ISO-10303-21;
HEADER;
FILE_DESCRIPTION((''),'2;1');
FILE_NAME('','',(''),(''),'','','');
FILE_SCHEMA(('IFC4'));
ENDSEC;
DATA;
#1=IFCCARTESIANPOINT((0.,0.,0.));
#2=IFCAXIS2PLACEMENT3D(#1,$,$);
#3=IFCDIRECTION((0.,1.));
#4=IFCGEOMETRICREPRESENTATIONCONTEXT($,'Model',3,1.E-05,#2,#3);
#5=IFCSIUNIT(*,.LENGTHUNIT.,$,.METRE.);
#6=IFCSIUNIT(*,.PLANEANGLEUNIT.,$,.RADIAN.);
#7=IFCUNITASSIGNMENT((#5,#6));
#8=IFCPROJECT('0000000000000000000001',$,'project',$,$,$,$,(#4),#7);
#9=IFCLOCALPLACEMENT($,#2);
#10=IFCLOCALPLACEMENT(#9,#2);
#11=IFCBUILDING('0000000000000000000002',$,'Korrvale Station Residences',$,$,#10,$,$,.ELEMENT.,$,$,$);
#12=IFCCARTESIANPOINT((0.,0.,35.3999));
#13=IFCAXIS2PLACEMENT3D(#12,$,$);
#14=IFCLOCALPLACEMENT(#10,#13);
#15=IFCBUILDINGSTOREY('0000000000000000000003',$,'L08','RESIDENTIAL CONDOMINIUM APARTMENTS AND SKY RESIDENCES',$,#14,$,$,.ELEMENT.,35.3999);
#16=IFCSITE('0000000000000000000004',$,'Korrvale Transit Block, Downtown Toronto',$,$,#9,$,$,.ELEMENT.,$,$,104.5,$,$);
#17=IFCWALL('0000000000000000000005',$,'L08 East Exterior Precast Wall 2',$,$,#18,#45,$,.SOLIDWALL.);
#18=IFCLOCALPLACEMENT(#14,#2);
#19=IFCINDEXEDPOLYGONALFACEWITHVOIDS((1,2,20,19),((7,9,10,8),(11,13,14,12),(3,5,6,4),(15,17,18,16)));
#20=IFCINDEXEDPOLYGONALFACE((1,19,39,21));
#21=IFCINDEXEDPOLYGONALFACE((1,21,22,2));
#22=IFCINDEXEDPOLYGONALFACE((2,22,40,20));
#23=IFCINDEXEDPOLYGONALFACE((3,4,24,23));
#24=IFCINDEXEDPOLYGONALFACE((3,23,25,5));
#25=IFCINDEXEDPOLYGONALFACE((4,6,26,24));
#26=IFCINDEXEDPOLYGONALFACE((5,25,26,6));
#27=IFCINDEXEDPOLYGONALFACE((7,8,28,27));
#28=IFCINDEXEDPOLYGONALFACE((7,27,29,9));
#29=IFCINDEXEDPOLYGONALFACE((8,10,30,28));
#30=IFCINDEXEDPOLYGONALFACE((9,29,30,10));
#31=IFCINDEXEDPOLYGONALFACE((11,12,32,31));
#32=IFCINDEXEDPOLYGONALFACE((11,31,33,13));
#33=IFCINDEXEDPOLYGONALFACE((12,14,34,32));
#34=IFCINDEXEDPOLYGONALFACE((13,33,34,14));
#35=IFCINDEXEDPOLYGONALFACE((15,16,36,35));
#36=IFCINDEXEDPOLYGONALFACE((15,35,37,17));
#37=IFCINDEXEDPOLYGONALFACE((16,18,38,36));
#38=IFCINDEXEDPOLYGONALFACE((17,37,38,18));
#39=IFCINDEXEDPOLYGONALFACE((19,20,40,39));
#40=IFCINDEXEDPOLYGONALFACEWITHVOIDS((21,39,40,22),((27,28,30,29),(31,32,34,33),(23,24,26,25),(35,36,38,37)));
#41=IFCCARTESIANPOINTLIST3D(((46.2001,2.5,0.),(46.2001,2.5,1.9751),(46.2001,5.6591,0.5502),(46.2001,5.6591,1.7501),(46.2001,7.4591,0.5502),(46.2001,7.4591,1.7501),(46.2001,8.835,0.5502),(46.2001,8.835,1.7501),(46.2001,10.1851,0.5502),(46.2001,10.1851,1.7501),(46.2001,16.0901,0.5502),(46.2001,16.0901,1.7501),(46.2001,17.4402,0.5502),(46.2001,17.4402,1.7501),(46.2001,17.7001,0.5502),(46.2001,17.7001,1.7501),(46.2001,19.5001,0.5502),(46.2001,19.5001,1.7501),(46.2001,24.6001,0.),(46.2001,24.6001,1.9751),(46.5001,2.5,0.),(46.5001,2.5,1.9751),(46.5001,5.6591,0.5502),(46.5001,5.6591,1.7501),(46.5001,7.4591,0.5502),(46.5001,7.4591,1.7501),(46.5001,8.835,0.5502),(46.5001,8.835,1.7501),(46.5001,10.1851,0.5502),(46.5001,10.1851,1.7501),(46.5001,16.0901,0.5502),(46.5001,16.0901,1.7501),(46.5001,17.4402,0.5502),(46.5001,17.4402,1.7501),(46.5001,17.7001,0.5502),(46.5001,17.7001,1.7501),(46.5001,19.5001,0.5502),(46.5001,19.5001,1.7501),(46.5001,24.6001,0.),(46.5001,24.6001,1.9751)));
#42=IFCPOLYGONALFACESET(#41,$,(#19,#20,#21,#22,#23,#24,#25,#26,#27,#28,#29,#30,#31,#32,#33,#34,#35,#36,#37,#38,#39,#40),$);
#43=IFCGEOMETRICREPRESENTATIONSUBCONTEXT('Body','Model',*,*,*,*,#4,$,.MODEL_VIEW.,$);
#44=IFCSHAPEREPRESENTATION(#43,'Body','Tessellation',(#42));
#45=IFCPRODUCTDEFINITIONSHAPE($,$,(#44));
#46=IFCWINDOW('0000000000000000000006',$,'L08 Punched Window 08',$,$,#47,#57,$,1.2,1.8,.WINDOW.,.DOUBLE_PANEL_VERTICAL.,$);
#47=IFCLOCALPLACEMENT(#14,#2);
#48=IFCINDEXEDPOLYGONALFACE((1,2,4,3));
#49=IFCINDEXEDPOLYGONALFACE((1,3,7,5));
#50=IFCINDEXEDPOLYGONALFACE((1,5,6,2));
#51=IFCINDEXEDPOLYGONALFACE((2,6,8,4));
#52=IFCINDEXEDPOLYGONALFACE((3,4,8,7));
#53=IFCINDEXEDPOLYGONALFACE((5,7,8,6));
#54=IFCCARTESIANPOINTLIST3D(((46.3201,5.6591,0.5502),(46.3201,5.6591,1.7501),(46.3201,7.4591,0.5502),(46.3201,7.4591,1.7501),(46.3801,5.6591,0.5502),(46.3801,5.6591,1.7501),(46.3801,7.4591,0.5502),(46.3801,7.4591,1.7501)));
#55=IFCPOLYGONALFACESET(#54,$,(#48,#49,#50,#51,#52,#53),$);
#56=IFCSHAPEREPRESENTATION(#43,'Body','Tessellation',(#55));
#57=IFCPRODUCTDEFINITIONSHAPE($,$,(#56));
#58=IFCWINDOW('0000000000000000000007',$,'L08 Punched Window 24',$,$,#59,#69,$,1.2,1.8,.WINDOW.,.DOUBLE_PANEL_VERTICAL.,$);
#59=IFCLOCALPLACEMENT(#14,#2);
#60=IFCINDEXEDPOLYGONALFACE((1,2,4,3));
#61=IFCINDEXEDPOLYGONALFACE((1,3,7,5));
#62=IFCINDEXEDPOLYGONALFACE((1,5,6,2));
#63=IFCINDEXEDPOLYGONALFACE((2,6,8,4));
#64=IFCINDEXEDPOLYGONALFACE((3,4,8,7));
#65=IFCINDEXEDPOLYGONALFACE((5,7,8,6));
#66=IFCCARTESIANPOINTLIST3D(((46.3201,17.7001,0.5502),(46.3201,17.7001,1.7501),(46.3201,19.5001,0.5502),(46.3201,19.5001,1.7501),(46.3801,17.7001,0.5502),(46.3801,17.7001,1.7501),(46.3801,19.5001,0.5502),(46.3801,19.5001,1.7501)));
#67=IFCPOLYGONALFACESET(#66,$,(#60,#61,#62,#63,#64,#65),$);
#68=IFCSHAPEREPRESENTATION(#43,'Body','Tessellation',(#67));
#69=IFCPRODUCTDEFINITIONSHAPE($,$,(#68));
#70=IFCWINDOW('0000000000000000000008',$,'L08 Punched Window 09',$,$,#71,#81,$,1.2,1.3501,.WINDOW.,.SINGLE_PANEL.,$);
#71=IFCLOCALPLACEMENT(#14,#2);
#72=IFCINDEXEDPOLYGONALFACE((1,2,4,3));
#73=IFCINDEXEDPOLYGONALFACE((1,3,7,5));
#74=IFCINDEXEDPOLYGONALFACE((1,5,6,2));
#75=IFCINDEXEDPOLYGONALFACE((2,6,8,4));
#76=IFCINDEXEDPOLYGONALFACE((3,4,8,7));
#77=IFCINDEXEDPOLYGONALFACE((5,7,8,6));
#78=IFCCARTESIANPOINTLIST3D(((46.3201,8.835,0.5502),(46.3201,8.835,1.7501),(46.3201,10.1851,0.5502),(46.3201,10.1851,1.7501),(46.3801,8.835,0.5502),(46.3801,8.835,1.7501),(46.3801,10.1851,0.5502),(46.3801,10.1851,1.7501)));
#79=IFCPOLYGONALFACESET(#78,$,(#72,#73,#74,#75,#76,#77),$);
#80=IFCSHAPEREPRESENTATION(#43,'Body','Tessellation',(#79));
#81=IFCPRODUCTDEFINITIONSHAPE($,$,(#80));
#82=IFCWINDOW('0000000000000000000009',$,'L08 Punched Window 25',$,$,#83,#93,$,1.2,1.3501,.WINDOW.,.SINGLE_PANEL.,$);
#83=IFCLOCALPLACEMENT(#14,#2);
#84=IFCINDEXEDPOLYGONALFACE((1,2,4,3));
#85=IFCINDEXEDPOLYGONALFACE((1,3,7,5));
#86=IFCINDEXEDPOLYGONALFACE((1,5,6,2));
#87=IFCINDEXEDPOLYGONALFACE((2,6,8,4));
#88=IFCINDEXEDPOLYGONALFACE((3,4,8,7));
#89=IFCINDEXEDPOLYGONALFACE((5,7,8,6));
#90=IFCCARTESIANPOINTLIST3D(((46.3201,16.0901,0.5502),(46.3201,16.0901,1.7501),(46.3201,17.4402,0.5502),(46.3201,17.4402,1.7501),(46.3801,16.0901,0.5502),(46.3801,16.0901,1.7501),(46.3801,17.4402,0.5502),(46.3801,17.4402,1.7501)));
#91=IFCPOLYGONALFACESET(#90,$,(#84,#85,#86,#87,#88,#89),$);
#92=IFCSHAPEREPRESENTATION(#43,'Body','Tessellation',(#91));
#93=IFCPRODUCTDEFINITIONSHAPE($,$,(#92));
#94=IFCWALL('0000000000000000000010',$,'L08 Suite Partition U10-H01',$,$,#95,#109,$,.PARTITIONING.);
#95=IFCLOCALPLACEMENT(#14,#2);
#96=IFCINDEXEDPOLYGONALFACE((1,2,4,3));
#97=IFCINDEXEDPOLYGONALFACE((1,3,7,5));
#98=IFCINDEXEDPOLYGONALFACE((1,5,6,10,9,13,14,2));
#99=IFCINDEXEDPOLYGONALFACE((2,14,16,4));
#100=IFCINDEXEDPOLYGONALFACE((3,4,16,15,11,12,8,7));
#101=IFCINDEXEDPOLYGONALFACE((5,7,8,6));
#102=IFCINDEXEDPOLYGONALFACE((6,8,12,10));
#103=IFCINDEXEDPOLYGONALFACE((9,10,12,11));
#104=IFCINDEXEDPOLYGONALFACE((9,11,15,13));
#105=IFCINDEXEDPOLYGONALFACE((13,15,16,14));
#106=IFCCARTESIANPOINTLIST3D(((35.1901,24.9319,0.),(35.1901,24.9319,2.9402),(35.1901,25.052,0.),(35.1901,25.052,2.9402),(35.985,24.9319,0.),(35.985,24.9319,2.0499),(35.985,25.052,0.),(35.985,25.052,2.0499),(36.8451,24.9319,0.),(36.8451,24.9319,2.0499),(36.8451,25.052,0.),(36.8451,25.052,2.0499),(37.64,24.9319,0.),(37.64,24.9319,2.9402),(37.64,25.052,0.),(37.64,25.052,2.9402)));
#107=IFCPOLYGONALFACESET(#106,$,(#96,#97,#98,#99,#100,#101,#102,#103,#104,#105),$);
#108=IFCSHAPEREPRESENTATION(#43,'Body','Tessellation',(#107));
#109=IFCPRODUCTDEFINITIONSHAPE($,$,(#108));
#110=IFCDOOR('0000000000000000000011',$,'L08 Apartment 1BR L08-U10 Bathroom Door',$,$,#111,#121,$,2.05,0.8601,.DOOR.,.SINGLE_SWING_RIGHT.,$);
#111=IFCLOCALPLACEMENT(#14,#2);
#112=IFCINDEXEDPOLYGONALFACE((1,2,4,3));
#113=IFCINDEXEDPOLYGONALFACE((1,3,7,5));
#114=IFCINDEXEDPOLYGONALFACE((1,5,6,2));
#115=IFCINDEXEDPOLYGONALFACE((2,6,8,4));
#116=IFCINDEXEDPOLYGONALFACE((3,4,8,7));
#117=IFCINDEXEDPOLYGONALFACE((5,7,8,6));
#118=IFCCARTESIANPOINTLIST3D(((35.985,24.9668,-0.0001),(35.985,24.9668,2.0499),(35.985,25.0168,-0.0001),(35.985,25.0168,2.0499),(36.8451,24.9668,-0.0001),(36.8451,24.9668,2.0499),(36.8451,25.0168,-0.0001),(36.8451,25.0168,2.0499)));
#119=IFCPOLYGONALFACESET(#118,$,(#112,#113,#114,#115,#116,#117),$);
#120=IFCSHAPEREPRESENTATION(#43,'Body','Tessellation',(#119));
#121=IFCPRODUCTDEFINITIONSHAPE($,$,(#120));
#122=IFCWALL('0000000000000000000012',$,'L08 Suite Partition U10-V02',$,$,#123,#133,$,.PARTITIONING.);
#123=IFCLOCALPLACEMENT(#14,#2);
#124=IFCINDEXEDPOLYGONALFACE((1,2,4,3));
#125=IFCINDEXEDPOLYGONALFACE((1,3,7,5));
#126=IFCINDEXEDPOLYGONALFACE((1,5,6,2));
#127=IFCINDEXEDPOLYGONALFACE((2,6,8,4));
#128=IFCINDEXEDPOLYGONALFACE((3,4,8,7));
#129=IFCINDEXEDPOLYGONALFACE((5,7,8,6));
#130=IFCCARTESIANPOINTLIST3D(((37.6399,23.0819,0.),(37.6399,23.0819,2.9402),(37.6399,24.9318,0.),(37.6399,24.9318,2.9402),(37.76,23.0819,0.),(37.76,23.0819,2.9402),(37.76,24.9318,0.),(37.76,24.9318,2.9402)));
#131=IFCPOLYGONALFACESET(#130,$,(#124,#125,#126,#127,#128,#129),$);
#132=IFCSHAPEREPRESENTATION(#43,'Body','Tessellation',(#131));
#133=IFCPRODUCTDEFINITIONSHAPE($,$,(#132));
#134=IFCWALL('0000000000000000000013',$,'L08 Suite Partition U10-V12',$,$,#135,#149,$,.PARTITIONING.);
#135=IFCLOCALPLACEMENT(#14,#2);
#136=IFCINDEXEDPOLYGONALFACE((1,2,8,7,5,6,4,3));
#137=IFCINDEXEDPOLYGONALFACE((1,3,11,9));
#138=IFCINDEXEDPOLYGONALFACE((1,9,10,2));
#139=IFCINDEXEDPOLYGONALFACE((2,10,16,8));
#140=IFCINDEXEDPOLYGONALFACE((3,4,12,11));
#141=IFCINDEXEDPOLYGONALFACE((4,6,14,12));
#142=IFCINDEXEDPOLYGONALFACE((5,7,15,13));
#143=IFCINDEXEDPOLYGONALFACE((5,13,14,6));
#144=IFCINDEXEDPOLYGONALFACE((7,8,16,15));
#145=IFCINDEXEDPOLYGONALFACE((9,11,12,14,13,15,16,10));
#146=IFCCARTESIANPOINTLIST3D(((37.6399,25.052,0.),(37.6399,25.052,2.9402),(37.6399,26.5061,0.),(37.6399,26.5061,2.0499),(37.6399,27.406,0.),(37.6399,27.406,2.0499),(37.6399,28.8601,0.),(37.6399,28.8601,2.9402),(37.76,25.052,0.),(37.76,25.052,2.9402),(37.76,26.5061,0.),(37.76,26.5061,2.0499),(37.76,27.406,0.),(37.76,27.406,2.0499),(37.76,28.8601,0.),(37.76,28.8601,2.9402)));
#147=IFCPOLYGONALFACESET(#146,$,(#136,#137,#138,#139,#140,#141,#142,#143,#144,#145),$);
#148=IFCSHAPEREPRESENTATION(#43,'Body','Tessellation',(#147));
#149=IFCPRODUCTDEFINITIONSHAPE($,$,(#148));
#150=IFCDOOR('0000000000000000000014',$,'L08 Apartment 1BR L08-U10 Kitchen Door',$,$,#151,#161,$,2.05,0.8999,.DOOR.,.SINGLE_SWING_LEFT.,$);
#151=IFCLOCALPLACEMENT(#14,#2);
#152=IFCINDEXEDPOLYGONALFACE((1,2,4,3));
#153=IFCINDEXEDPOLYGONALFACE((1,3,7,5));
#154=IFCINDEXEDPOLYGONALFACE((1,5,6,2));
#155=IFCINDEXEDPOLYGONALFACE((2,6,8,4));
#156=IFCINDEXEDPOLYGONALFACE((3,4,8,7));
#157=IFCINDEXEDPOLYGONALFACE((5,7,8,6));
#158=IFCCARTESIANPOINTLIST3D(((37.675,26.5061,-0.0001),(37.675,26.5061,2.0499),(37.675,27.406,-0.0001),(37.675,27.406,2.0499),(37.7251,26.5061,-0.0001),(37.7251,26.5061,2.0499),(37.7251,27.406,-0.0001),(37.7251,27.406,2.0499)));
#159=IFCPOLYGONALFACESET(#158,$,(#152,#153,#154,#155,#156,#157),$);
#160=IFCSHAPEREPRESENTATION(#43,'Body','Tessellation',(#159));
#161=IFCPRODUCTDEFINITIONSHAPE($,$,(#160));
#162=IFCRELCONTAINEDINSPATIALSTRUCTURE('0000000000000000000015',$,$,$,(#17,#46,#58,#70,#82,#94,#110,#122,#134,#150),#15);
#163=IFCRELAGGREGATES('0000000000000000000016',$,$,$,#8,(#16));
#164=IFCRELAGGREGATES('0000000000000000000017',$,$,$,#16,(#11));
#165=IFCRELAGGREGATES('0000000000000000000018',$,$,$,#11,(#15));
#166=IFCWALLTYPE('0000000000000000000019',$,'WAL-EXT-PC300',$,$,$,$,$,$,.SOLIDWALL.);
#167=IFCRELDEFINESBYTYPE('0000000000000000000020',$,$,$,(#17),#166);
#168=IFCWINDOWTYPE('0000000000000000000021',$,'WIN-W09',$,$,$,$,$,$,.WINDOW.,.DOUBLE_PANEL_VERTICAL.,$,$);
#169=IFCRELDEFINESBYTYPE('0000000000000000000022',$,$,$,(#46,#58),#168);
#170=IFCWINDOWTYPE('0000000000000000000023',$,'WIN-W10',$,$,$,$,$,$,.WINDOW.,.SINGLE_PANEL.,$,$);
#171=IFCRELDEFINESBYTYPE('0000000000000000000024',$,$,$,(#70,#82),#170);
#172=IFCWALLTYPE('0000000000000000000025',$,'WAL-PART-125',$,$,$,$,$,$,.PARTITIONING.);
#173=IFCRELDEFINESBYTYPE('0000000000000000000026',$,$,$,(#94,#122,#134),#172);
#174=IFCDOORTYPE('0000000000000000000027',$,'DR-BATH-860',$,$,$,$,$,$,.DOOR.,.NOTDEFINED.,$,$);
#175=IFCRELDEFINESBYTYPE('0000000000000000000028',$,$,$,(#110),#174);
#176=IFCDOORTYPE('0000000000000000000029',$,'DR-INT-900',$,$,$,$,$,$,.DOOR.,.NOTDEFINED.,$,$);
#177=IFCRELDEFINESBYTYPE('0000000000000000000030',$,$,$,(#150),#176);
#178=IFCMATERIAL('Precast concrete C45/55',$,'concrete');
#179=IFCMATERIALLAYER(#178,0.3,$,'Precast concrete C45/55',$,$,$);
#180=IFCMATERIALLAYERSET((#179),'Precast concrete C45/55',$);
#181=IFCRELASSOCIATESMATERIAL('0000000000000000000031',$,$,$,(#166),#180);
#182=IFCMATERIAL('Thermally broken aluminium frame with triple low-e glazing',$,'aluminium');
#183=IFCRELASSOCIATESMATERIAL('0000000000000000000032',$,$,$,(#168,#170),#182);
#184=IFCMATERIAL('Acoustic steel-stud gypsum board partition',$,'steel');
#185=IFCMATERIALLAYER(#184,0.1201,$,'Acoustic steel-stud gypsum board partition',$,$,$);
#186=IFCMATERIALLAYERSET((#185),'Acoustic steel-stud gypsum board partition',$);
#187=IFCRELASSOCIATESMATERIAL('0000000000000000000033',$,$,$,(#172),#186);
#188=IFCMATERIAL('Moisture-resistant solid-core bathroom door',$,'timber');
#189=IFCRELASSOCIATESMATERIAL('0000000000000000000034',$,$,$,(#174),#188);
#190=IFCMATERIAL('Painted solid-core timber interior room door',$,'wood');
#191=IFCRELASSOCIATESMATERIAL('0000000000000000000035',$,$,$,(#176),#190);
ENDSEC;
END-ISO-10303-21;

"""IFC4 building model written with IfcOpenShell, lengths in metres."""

from ifc_helpers import new_model, si_unit, direction, frame, frame_2d, origin, place, context, subcontext, project, spatial, rectangle, extrude, material, layer, layer_set, type_object, element, fill, save


model = new_model("IFC4")

# Units and contexts
model_context = context("Model", 3, precision=1e-05, world=origin(), true_north=direction((0.0, 1.0)))
body_context = subcontext(model_context, "Body", "Model", "MODEL_VIEW")
ifc_project = project(units=[si_unit("LENGTHUNIT", "METRE"), si_unit("PLANEANGLEUNIT", "RADIAN")], contexts=[model_context])

# Site, building, storey
site_placement = place(None, origin())
site = spatial("IfcSite", under=ifc_project, at=site_placement, Name="Korrvale Transit Block, Downtown Toronto", CompositionType="ELEMENT", RefElevation=104.5)
building_placement = place(site_placement, origin())
building = spatial("IfcBuilding", under=site, at=building_placement, Name="Korrvale Station Residences", CompositionType="ELEMENT")
storey_placement = place(building_placement, frame((0.0, 0.0, 35.3999)))
storey = spatial("IfcBuildingStorey", under=building, at=storey_placement, Name="L08", Description="RESIDENTIAL CONDOMINIUM APARTMENTS AND SKY RESIDENCES", CompositionType="ELEMENT", Elevation=35.3999)

# Shared definitions
ifc_material_1 = material(Name="Precast concrete C45/55", Category="concrete")

# Shared definitions
ifc_material_2 = material(Name="Thermally broken aluminium frame with triple low-e glazing", Category="aluminium")

# Wall, openings, windows
ifc_layer_1 = layer(ifc_material_1, 0.3, Name="Precast concrete C45/55")
ifc_layer_set_1 = layer_set([ifc_layer_1], Name="Precast concrete C45/55")
wall_type_1 = type_object("IfcWallType", Name="WAL-EXT-PC300", PredefinedType="SOLIDWALL", material=ifc_layer_set_1)
wall_1_placement = place(storey_placement, frame((46.3501, 24.6001, 0.0), z_axis=(0.0, 0.0, 1.0), x_axis=(0.0, -1.0, 0.0)))
wall_1 = element("IfcWall", 1, at=wall_1_placement, inside=storey, type_object=wall_type_1, Name="L08 East Exterior Precast Wall 2", PredefinedType="SOLIDWALL", context=body_context, shape_type="SweptSolid", body=[
    extrude(rectangle(XDim=22.1001, YDim=0.3, at=frame_2d((11.05, 0.0))), origin(), (0.0, 0.0, 1.0), 1.9751),
])
opening_1_placement = place(wall_1_placement, frame((17.1411, 0.0, 0.55)))
opening_1 = element("IfcOpeningElement", 2, at=opening_1_placement, cuts=wall_1, PredefinedType="OPENING", context=body_context, shape_type="SweptSolid", body=[
    extrude(rectangle(XDim=1.8, YDim=1.2, at=frame_2d((0.8999, 0.6001))), frame((0.0, 0.1602, 0.0), z_axis=(0.0, -1.0, 0.0), x_axis=(1.0, 0.0, 0.0)), (0.0, 0.0, 1.0), 0.3201),
])
opening_2_placement = place(wall_1_placement, frame((14.415, 0.0, 0.55)))
opening_2 = element("IfcOpeningElement", 3, at=opening_2_placement, cuts=wall_1, PredefinedType="OPENING", context=body_context, shape_type="SweptSolid", body=[
    extrude(rectangle(XDim=1.3501, YDim=1.2, at=frame_2d((0.675, 0.6001))), frame((0.0, 0.1602, 0.0), z_axis=(0.0, -1.0, 0.0), x_axis=(1.0, 0.0, 0.0)), (0.0, 0.0, 1.0), 0.3201),
])
opening_3_placement = place(wall_1_placement, frame((5.1001, 0.0, 0.55)))
opening_3 = element("IfcOpeningElement", 4, at=opening_3_placement, cuts=wall_1, PredefinedType="OPENING", context=body_context, shape_type="SweptSolid", body=[
    extrude(rectangle(XDim=1.8, YDim=1.2, at=frame_2d((0.8999, 0.6001))), frame((0.0, 0.1602, 0.0), z_axis=(0.0, -1.0, 0.0), x_axis=(1.0, 0.0, 0.0)), (0.0, 0.0, 1.0), 0.3201),
])
opening_4_placement = place(wall_1_placement, frame((7.1599, 0.0, 0.55)))
opening_4 = element("IfcOpeningElement", 5, at=opening_4_placement, cuts=wall_1, PredefinedType="OPENING", context=body_context, shape_type="SweptSolid", body=[
    extrude(rectangle(XDim=1.3501, YDim=1.2, at=frame_2d((0.675, 0.6001))), frame((0.0, 0.1602, 0.0), z_axis=(0.0, -1.0, 0.0), x_axis=(1.0, 0.0, 0.0)), (0.0, 0.0, 1.0), 0.3201),
])
window_type_1 = type_object("IfcWindowType", Name="WIN-W09", PartitioningType="DOUBLE_PANEL_VERTICAL", PredefinedType="WINDOW", material=ifc_material_2)
window_1_placement = place(opening_1_placement, origin())
window_1 = element("IfcWindow", 6, at=window_1_placement, inside=storey, type_object=window_type_1, Name="L08 Punched Window 08", OverallHeight=1.2, OverallWidth=1.8, PartitioningType="DOUBLE_PANEL_VERTICAL", PredefinedType="WINDOW", context=body_context, shape_type="SweptSolid", body=[
    extrude(rectangle(XDim=1.8, YDim=1.2, at=frame_2d((0.8999, 0.6001))), frame((0.0, 0.03, 0.0), z_axis=(0.0, -1.0, 0.0), x_axis=(1.0, 0.0, 0.0)), (0.0, 0.0, 1.0), 0.0601),
])
fill(opening_1, window_1)
window_2_placement = place(opening_3_placement, origin())
window_2 = element("IfcWindow", 7, at=window_2_placement, inside=storey, type_object=window_type_1, Name="L08 Punched Window 24", OverallHeight=1.2, OverallWidth=1.8, PartitioningType="DOUBLE_PANEL_VERTICAL", PredefinedType="WINDOW", context=body_context, shape_type="SweptSolid", body=[
    extrude(rectangle(XDim=1.8, YDim=1.2, at=frame_2d((0.8999, 0.6001))), frame((0.0, 0.03, 0.0), z_axis=(0.0, -1.0, 0.0), x_axis=(1.0, 0.0, 0.0)), (0.0, 0.0, 1.0), 0.0601),
])
fill(opening_3, window_2)
window_type_2 = type_object("IfcWindowType", Name="WIN-W10", PartitioningType="SINGLE_PANEL", PredefinedType="WINDOW", material=ifc_material_2)
window_3_placement = place(opening_2_placement, origin())
window_3 = element("IfcWindow", 8, at=window_3_placement, inside=storey, type_object=window_type_2, Name="L08 Punched Window 09", OverallHeight=1.2, OverallWidth=1.3501, PartitioningType="SINGLE_PANEL", PredefinedType="WINDOW", context=body_context, shape_type="SweptSolid", body=[
    extrude(rectangle(XDim=1.3501, YDim=1.2, at=frame_2d((0.675, 0.6001))), frame((0.0, 0.03, 0.0), z_axis=(0.0, -1.0, 0.0), x_axis=(1.0, 0.0, 0.0)), (0.0, 0.0, 1.0), 0.0601),
])
fill(opening_2, window_3)
window_4_placement = place(opening_4_placement, origin())
window_4 = element("IfcWindow", 9, at=window_4_placement, inside=storey, type_object=window_type_2, Name="L08 Punched Window 25", OverallHeight=1.2, OverallWidth=1.3501, PartitioningType="SINGLE_PANEL", PredefinedType="WINDOW", context=body_context, shape_type="SweptSolid", body=[
    extrude(rectangle(XDim=1.3501, YDim=1.2, at=frame_2d((0.675, 0.6001))), frame((0.0, 0.03, 0.0), z_axis=(0.0, -1.0, 0.0), x_axis=(1.0, 0.0, 0.0)), (0.0, 0.0, 1.0), 0.0601),
])
fill(opening_4, window_4)

# Wall, opening, door
ifc_material_3 = material(Name="Acoustic steel-stud gypsum board partition", Category="steel")
ifc_layer_2 = layer(ifc_material_3, 0.1201, Name="Acoustic steel-stud gypsum board partition")
ifc_layer_set_2 = layer_set([ifc_layer_2], Name="Acoustic steel-stud gypsum board partition")
wall_type_2 = type_object("IfcWallType", Name="WAL-PART-125", PredefinedType="PARTITIONING", material=ifc_layer_set_2)
wall_2_placement = place(storey_placement, frame((35.1899, 24.9919, 0.0), z_axis=(0.0, 0.0, 1.0), x_axis=(1.0, 0.0, 0.0)))
wall_2 = element("IfcWall", 10, at=wall_2_placement, inside=storey, type_object=wall_type_2, Name="L08 Suite Partition U10-H01", PredefinedType="PARTITIONING", context=body_context, shape_type="SweptSolid", body=[
    extrude(rectangle(XDim=2.45, YDim=0.1201, at=frame_2d((1.2251, 0.0))), origin(), (0.0, 0.0, 1.0), 2.9402),
])
opening_5_placement = place(wall_2_placement, frame((0.7949, 0.0, 0.0)))
opening_5 = element("IfcOpeningElement", 11, at=opening_5_placement, cuts=wall_2, PredefinedType="OPENING", context=body_context, shape_type="SweptSolid", body=[
    extrude(rectangle(XDim=0.8601, YDim=2.05, at=frame_2d((0.4302, 1.0249))), frame((0.0, 0.0701, 0.0), z_axis=(0.0, -1.0, 0.0), x_axis=(1.0, 0.0, 0.0)), (0.0, 0.0, 1.0), 0.1401),
])
ifc_material_4 = material(Name="Moisture-resistant solid-core bathroom door", Category="timber")
door_type_1 = type_object("IfcDoorType", Name="DR-BATH-860", OperationType="NOTDEFINED", PredefinedType="DOOR", material=ifc_material_4)
door_1_placement = place(opening_5_placement, origin())
door_1 = element("IfcDoor", 12, at=door_1_placement, inside=storey, type_object=door_type_1, Name="L08 Apartment 1BR L08-U10 Bathroom Door", OperationType="SINGLE_SWING_RIGHT", OverallHeight=2.05, OverallWidth=0.8601, PredefinedType="DOOR", context=body_context, shape_type="SweptSolid", body=[
    extrude(rectangle(XDim=0.8601, YDim=2.05, at=frame_2d((0.4302, 1.0249))), frame((0.0, 0.0249, 0.0), z_axis=(0.0, -1.0, 0.0), x_axis=(1.0, 0.0, 0.0)), (0.0, 0.0, 1.0), 0.05),
])
fill(opening_5, door_1)

# Wall
wall_3_placement = place(storey_placement, frame((37.7, 23.082, 0.0), z_axis=(0.0, 0.0, 1.0), x_axis=(0.0, 1.0, 0.0)))
element("IfcWall", 13, at=wall_3_placement, inside=storey, type_object=wall_type_2, Name="L08 Suite Partition U10-V02", PredefinedType="PARTITIONING", context=body_context, shape_type="SweptSolid", body=[
    extrude(rectangle(XDim=1.8499, YDim=0.1201, at=frame_2d((0.9248, 0.0))), origin(), (0.0, 0.0, 1.0), 2.9402),
])

# Wall, opening, door
wall_4_placement = place(storey_placement, frame((37.7, 25.052, 0.0), z_axis=(0.0, 0.0, 1.0), x_axis=(0.0, 1.0, 0.0)))
wall_4 = element("IfcWall", 14, at=wall_4_placement, inside=storey, type_object=wall_type_2, Name="L08 Suite Partition U10-V12", PredefinedType="PARTITIONING", context=body_context, shape_type="SweptSolid", body=[
    extrude(rectangle(XDim=3.8081, YDim=0.1201, at=frame_2d((1.9041, 0.0))), origin(), (0.0, 0.0, 1.0), 2.9402),
])
opening_6_placement = place(wall_4_placement, frame((1.4541, 0.0, 0.0)))
opening_6 = element("IfcOpeningElement", 15, at=opening_6_placement, cuts=wall_4, PredefinedType="OPENING", context=body_context, shape_type="SweptSolid", body=[
    extrude(rectangle(XDim=0.8999, YDim=2.05, at=frame_2d((0.45, 1.0249))), frame((0.0, 0.0701, 0.0), z_axis=(0.0, -1.0, 0.0), x_axis=(1.0, 0.0, 0.0)), (0.0, 0.0, 1.0), 0.1401),
])
ifc_material_5 = material(Name="Painted solid-core timber interior room door", Category="wood")
door_type_2 = type_object("IfcDoorType", Name="DR-INT-900", OperationType="NOTDEFINED", PredefinedType="DOOR", material=ifc_material_5)
door_2_placement = place(opening_6_placement, origin())
door_2 = element("IfcDoor", 16, at=door_2_placement, inside=storey, type_object=door_type_2, Name="L08 Apartment 1BR L08-U10 Kitchen Door", OperationType="SINGLE_SWING_LEFT", OverallHeight=2.05, OverallWidth=0.8999, PredefinedType="DOOR", context=body_context, shape_type="SweptSolid", body=[
    extrude(rectangle(XDim=0.8999, YDim=2.05, at=frame_2d((0.45, 1.0249))), frame((0.0, 0.0249, 0.0), z_axis=(0.0, -1.0, 0.0), x_axis=(1.0, 0.0, 0.0)), (0.0, 0.0, 1.0), 0.05),
])
fill(opening_6, door_2)

save(model, "model.ifc")
